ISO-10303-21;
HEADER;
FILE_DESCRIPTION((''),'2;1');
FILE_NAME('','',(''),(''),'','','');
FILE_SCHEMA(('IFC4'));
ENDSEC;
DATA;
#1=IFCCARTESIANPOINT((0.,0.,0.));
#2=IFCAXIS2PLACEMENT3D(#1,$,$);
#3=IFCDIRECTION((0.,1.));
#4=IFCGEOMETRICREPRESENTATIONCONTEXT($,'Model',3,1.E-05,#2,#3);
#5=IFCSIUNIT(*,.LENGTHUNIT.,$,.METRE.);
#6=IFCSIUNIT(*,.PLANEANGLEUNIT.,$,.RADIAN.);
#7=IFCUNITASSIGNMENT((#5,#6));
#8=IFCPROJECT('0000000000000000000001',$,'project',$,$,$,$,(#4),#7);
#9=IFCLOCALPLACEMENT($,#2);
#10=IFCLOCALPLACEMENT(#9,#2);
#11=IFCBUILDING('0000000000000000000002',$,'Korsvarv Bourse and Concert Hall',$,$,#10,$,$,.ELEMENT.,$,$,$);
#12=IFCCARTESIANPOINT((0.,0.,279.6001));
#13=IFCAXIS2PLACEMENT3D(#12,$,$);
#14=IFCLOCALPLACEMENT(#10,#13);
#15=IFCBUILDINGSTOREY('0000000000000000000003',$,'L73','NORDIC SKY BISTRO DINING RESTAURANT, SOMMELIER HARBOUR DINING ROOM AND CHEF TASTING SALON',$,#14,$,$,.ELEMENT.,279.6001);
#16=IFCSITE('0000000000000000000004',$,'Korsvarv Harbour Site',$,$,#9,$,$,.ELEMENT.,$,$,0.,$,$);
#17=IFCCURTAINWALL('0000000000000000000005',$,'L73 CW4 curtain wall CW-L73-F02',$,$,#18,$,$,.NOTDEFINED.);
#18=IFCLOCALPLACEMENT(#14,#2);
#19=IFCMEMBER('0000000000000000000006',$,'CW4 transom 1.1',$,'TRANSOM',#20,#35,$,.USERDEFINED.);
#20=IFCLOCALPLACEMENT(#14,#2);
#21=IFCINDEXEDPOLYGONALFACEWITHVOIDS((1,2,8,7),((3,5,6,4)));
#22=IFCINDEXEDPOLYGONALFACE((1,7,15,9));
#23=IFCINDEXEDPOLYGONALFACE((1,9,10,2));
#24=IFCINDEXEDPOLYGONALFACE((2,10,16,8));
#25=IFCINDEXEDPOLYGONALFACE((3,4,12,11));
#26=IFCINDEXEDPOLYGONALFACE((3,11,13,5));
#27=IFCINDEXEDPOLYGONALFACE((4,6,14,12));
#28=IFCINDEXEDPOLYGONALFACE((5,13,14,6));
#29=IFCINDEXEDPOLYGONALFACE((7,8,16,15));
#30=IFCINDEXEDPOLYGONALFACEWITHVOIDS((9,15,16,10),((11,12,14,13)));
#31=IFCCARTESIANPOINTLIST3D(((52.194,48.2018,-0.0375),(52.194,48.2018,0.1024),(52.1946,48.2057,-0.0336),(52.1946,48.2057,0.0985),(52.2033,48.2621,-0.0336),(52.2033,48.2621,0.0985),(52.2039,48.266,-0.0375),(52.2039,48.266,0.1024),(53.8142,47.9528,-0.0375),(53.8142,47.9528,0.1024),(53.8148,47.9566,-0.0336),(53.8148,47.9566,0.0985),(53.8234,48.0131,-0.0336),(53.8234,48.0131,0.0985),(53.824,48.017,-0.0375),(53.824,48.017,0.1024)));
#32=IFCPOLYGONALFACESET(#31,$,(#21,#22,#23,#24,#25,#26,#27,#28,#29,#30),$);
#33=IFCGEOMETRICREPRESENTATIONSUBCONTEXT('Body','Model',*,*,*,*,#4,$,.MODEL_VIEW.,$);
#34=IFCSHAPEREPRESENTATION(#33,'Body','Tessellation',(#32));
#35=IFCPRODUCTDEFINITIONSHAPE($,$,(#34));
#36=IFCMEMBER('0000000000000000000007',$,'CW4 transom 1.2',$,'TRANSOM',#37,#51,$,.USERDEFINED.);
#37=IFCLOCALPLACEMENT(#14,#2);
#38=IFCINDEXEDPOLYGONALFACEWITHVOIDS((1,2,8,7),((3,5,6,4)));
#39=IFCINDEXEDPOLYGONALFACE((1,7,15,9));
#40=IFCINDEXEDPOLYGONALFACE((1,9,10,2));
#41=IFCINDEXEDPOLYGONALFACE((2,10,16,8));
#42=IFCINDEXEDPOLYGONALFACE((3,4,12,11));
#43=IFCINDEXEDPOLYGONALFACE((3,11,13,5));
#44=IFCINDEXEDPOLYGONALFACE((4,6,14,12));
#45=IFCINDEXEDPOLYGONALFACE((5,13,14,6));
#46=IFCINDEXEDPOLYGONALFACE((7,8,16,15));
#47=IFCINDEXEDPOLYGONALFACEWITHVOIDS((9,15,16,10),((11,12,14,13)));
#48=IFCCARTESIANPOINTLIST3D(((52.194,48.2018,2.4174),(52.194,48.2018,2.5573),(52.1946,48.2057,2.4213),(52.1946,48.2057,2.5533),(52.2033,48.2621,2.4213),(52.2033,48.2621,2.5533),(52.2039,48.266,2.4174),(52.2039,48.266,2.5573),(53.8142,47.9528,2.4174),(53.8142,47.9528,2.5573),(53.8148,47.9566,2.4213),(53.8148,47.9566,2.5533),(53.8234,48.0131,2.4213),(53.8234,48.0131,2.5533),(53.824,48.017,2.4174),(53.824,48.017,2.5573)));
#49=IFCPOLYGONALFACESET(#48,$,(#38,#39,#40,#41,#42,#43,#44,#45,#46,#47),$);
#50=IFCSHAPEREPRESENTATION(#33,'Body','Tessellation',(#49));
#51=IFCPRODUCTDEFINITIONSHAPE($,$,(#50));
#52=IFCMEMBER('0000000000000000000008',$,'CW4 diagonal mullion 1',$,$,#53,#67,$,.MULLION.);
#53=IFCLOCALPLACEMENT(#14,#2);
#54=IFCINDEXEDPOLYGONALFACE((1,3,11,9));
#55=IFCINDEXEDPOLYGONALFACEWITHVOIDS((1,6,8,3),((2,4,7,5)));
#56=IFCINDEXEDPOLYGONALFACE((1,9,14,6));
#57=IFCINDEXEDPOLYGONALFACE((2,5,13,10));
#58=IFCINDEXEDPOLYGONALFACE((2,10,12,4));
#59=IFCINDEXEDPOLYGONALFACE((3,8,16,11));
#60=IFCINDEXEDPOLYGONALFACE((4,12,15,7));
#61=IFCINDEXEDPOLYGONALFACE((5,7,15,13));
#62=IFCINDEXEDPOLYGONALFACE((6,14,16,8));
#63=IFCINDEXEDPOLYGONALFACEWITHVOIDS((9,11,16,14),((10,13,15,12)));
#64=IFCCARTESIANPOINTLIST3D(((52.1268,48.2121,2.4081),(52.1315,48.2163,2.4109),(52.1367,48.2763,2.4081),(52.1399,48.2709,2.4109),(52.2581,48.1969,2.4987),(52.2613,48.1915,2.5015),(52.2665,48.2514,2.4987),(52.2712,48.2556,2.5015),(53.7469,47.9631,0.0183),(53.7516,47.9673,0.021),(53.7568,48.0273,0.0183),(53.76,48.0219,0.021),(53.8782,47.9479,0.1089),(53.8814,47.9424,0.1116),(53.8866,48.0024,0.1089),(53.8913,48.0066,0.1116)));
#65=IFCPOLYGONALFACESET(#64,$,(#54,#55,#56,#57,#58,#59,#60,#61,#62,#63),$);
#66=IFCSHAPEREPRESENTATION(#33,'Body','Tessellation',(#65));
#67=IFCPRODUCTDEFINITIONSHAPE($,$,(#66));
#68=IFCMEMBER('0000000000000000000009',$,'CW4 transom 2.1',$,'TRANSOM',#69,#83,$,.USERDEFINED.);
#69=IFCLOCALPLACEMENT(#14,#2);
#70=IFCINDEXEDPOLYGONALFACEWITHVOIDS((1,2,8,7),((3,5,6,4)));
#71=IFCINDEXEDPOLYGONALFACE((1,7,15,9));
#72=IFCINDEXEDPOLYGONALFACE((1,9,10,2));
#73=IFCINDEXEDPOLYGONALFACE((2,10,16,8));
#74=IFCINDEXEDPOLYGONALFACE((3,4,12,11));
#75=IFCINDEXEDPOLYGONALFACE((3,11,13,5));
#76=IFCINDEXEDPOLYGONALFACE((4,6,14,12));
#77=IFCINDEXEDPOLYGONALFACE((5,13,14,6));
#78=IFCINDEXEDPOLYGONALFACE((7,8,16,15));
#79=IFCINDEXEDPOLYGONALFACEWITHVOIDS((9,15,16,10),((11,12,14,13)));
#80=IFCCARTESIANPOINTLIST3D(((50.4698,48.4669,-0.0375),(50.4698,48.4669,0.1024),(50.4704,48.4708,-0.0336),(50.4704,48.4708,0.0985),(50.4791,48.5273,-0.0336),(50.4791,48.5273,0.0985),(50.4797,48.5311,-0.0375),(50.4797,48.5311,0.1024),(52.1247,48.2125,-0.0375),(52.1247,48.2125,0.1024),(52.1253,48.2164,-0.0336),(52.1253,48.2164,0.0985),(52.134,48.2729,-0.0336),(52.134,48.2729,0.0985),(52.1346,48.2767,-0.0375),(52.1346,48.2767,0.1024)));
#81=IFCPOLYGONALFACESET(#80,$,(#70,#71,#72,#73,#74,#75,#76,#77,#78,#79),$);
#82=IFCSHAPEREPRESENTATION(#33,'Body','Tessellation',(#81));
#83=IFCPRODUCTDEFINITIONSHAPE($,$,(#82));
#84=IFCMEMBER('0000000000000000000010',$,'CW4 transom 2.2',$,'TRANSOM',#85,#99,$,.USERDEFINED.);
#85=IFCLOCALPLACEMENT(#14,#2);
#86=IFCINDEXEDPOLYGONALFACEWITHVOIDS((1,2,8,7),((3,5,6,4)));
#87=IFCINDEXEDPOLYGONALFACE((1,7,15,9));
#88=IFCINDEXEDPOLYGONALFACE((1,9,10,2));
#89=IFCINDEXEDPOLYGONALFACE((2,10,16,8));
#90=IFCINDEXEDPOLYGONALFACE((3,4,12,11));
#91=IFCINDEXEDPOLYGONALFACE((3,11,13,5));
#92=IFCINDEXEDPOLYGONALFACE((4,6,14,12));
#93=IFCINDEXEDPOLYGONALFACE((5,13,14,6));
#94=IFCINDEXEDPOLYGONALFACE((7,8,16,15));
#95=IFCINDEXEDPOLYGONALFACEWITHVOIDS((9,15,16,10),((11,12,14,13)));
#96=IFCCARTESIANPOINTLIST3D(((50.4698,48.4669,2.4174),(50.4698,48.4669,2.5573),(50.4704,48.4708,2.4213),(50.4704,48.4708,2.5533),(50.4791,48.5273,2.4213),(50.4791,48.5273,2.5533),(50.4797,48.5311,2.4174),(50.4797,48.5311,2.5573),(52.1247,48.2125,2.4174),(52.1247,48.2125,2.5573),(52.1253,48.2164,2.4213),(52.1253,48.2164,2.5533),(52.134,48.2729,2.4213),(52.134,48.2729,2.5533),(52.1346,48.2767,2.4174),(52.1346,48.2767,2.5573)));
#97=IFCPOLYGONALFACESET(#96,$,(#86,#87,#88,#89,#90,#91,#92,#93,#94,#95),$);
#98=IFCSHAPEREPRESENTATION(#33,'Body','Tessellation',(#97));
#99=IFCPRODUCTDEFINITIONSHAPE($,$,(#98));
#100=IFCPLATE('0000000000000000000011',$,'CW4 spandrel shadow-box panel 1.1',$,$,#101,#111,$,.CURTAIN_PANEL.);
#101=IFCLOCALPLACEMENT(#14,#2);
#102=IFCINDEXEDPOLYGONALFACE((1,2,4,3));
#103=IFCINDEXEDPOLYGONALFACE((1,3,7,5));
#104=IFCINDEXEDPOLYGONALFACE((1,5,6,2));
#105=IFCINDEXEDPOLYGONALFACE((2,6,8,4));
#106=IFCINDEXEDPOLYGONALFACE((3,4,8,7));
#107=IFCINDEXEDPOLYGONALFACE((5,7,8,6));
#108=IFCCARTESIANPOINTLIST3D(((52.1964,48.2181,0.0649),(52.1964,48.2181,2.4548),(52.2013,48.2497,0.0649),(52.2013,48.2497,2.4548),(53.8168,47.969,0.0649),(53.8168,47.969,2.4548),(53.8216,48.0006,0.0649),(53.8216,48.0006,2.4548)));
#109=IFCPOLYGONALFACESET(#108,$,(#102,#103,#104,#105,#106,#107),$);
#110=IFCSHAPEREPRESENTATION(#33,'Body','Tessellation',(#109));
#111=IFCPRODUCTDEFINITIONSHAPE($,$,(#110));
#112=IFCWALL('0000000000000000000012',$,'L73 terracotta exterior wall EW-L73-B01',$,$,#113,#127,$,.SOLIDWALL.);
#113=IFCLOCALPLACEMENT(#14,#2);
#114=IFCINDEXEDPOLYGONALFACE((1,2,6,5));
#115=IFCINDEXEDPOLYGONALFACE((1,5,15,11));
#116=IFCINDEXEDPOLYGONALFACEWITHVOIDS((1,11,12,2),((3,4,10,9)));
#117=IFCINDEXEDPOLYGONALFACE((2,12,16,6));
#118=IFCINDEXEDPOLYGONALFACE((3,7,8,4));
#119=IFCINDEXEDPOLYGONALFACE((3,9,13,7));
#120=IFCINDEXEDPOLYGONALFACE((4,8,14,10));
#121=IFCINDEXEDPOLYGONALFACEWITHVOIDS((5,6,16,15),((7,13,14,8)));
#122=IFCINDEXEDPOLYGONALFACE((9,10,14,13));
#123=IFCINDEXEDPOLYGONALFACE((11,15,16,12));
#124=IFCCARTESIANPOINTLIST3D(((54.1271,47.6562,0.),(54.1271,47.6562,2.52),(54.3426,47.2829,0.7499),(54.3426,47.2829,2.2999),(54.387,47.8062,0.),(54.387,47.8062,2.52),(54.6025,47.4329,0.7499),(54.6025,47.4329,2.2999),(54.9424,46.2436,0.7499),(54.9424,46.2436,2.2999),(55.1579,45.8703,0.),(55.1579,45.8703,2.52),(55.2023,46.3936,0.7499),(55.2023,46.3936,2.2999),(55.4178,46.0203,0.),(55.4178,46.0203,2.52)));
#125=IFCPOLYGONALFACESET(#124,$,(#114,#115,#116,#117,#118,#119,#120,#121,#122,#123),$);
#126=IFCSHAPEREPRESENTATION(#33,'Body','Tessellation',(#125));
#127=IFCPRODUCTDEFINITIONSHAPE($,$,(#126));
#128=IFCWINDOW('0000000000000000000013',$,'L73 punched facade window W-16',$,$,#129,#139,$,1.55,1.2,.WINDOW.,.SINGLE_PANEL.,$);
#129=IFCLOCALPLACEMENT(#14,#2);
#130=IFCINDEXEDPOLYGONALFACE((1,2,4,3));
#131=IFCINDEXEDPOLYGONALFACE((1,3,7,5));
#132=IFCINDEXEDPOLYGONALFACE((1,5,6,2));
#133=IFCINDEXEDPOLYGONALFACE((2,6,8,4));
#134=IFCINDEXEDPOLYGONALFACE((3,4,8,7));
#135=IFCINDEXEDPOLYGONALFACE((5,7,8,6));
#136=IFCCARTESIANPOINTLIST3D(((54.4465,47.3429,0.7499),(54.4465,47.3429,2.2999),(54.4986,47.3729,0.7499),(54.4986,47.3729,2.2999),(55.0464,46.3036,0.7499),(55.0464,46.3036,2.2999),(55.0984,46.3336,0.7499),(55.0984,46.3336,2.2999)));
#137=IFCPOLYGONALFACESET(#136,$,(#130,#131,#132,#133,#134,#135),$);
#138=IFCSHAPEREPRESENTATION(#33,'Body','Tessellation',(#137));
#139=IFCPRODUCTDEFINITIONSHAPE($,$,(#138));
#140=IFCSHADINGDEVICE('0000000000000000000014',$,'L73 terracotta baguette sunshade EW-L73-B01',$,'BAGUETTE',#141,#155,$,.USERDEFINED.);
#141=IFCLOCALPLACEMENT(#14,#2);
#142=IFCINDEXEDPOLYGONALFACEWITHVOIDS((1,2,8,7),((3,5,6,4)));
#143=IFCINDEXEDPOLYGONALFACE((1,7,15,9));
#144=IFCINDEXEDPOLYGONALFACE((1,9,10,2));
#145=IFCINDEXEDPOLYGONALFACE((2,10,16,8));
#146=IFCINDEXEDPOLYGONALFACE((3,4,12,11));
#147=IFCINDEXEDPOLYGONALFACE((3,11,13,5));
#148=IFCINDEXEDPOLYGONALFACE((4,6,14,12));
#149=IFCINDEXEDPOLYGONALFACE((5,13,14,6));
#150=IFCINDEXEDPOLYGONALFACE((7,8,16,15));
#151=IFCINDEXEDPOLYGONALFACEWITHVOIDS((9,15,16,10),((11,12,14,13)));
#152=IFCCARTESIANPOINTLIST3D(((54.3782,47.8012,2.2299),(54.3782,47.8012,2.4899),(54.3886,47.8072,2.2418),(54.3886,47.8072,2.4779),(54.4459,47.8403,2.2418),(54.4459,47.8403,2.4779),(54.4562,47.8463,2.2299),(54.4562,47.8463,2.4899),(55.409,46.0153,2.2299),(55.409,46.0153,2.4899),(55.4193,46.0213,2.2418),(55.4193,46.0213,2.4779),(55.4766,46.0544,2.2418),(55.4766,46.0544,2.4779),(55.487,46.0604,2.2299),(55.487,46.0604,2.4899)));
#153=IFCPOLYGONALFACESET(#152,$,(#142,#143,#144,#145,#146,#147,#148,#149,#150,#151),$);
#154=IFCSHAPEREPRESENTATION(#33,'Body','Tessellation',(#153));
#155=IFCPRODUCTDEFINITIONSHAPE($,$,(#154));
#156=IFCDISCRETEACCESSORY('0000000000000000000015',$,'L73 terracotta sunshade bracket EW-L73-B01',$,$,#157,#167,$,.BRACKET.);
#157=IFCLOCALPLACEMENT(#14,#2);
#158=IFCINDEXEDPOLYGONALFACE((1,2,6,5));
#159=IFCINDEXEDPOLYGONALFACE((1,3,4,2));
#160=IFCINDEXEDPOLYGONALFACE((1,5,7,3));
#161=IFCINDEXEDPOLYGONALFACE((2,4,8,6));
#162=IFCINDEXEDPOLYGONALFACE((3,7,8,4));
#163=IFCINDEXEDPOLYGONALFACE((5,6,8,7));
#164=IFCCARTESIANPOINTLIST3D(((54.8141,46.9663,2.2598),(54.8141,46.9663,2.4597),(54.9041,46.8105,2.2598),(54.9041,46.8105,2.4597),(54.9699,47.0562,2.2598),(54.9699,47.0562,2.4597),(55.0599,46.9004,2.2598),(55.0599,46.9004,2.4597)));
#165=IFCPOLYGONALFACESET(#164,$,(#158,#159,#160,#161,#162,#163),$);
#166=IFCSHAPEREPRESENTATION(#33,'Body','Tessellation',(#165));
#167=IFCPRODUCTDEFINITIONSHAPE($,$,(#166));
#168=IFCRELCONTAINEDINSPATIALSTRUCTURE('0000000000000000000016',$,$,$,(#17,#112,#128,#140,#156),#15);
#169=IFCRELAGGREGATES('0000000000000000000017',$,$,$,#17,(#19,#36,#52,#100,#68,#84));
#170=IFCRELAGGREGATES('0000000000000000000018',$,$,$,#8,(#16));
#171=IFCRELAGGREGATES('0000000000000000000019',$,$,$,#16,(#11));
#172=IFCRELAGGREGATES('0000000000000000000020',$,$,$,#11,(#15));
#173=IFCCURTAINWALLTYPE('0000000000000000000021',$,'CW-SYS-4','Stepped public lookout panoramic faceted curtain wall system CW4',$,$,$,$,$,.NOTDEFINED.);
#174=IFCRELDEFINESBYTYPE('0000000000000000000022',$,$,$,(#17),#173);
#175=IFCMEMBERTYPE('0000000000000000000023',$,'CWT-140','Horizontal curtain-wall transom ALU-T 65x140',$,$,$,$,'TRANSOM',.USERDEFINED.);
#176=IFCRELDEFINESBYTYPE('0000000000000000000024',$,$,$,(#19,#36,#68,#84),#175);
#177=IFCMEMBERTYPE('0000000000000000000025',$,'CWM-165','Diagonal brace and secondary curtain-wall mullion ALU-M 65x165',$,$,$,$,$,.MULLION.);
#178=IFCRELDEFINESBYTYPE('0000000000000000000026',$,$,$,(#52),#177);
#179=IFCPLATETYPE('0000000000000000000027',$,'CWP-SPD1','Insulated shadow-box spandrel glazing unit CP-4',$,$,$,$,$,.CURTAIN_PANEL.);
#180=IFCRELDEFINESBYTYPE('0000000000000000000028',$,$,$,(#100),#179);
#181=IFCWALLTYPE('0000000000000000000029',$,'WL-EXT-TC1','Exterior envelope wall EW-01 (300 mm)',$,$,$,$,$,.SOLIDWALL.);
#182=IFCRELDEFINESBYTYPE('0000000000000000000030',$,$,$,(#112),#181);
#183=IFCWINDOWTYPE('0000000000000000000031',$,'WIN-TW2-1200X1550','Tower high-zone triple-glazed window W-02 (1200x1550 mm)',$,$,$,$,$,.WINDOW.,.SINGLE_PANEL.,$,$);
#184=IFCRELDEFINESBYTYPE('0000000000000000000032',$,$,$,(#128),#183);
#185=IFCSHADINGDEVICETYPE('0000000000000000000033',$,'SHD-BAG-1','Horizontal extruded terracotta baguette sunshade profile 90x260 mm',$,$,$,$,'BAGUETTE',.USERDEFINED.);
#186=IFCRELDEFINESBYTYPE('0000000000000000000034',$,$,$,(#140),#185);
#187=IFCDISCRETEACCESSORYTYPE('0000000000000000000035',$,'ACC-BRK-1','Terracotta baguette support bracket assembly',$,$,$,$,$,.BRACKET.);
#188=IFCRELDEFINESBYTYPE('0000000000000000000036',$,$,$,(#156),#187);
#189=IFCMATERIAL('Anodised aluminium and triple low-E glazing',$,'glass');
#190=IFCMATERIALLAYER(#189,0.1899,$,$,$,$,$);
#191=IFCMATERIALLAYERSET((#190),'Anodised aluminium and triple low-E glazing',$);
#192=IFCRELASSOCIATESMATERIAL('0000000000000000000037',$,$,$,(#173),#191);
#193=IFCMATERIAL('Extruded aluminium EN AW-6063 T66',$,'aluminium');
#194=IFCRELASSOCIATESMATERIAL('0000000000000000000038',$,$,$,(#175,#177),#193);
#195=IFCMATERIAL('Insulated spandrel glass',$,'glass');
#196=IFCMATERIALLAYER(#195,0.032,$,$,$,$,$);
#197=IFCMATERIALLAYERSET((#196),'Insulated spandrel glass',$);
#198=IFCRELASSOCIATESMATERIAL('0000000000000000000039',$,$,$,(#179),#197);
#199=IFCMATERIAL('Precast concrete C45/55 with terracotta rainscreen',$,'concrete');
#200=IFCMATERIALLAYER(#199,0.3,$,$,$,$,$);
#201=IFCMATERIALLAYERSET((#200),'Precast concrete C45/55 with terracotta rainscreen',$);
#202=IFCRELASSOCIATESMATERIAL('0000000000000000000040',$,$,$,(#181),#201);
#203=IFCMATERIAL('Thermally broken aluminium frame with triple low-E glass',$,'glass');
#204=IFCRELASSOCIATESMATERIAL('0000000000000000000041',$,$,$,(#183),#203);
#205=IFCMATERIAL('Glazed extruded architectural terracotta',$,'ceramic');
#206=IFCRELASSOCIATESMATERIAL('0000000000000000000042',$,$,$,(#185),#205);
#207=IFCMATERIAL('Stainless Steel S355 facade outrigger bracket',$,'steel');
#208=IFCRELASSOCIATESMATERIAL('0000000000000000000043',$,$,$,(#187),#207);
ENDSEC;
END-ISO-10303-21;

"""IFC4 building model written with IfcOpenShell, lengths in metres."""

from ifc_helpers import new_model, si_unit, direction, frame, frame_2d, origin, origin_2d, place, context, subcontext, project, spatial, rectangle, hollow_rectangle, extrude, source, transform, mapped, material, layer, layer_set, material_profile, profile_set, type_object, element, fill, aggregate, save


model = new_model("IFC4")

# Units and contexts
model_context = context("Model", 3, precision=1e-05, world=origin(), true_north=direction((0.0, 1.0)))
body_context = subcontext(model_context, "Body", "Model", "MODEL_VIEW")
ifc_project = project(units=[si_unit("LENGTHUNIT", "METRE"), si_unit("PLANEANGLEUNIT", "RADIAN")], contexts=[model_context])

# Site, building, storey
site_placement = place(None, origin())
site = spatial("IfcSite", under=ifc_project, at=site_placement, Name="Korsvarv Harbour Site", CompositionType="ELEMENT", RefElevation=0.0)
building_placement = place(site_placement, origin())
building = spatial("IfcBuilding", under=site, at=building_placement, Name="Korsvarv Bourse and Concert Hall", CompositionType="ELEMENT")
storey_placement = place(building_placement, frame((0.0, 0.0, 279.6001)))
storey = spatial("IfcBuildingStorey", under=building, at=storey_placement, Name="L73", Description="NORDIC SKY BISTRO DINING RESTAURANT, SOMMELIER HARBOUR DINING ROOM AND CHEF TASTING SALON", CompositionType="ELEMENT", Elevation=279.6001)

# Curtain wall, members, plate
ifc_material_1 = material(Name="Anodised aluminium and triple low-E glazing", Category="glass")
ifc_layer_1 = layer(ifc_material_1, 0.1899)
ifc_layer_set_1 = layer_set([ifc_layer_1], Name="Anodised aluminium and triple low-E glazing")
curtain_wall_type = type_object("IfcCurtainWallType", Name="CW-SYS-4", Description="Stepped public lookout panoramic faceted curtain wall system CW4", PredefinedType="NOTDEFINED", material=ifc_layer_set_1)
curtain_wall_placement = place(storey_placement, origin())
curtain_wall = element("IfcCurtainWall", 1, at=curtain_wall_placement, inside=storey, type_object=curtain_wall_type, Name="L73 CW4 curtain wall CW-L73-F02", PredefinedType="NOTDEFINED")
ifc_material_2 = material(Name="Extruded aluminium EN AW-6063 T66", Category="aluminium")
ifc_material_profile_1 = material_profile(ifc_material_2, hollow_rectangle(XDim=0.0649, YDim=0.1399, WallThickness=0.0039, at=origin_2d()), Name="ALU-T 65x140")
ifc_profile_set_1 = profile_set([ifc_material_profile_1], Name="Extruded aluminium EN AW-6063 T66")
member_type_1 = type_object("IfcMemberType", Name="CWT-140", Description="Horizontal curtain-wall transom ALU-T 65x140", ElementType="TRANSOM", PredefinedType="USERDEFINED", material=ifc_profile_set_1)
shared_shape_1 = source(origin(), body_context, "Body", "SweptSolid", [
    extrude(hollow_rectangle(XDim=0.0649, YDim=0.1399, WallThickness=0.0039, at=origin_2d()), origin(), (0.0, 0.0, 1.0), 1.6392),
])
member_1_placement = place(storey_placement, frame((53.8191, 47.9849, 0.0325), z_axis=(-0.988392, 0.151923, 0.0), x_axis=(-0.151923, -0.988392, 0.0)))
member_1 = element("IfcMember", 2, at=member_1_placement, type_object=member_type_1, Name="CW4 transom 1.1", ObjectType="TRANSOM", PredefinedType="USERDEFINED", context=body_context, shape_type="MappedRepresentation", body=[
    mapped(shared_shape_1, transform((0.0, 0.0, 0.0), scale=1.0)),
])
member_2_placement = place(storey_placement, frame((53.8191, 47.9849, 2.4873), z_axis=(-0.988392, 0.151923, 0.0), x_axis=(-0.151923, -0.988392, 0.0)))
member_2 = element("IfcMember", 3, at=member_2_placement, type_object=member_type_1, Name="CW4 transom 1.2", ObjectType="TRANSOM", PredefinedType="USERDEFINED", context=body_context, shape_type="MappedRepresentation", body=[
    mapped(shared_shape_1, transform((0.0, 0.0, 0.0), scale=1.0)),
])
ifc_material_profile_2 = material_profile(ifc_material_2, hollow_rectangle(XDim=0.0649, YDim=0.165, WallThickness=0.0049, at=origin_2d()), Name="ALU-M 65x165")
ifc_profile_set_2 = profile_set([ifc_material_profile_2], Name="Extruded aluminium EN AW-6063 T66")
member_type_2 = type_object("IfcMemberType", Name="CWM-165", Description="Diagonal brace and secondary curtain-wall mullion ALU-M 65x165", PredefinedType="MULLION", material=ifc_profile_set_2)
shared_shape_2 = source(origin(), body_context, "Body", "SweptSolid", [
    extrude(hollow_rectangle(XDim=0.0649, YDim=0.165, WallThickness=0.0049, at=origin_2d()), origin(), (0.0, 0.0, 1.0), 2.8979),
])
member_3_placement = place(storey_placement, frame((53.8191, 47.9849, 0.0649), z_axis=(-0.559047, 0.08593, 0.824671), x_axis=(-0.151923, -0.988392, 0.0)))
member_3 = element("IfcMember", 4, at=member_3_placement, type_object=member_type_2, Name="CW4 diagonal mullion 1", PredefinedType="MULLION", context=body_context, shape_type="MappedRepresentation", body=[
    mapped(shared_shape_2, transform((0.0, 0.0, 0.0), scale=1.0)),
])
shared_shape_3 = source(origin(), body_context, "Body", "SweptSolid", [
    extrude(hollow_rectangle(XDim=0.0649, YDim=0.1399, WallThickness=0.0039, at=origin_2d()), origin(), (0.0, 0.0, 1.0), 1.6743),
])
member_4_placement = place(storey_placement, frame((52.1296, 48.2446, 0.0325), z_axis=(-0.988389, 0.151948, 0.0), x_axis=(-0.151948, -0.988389, 0.0)))
member_4 = element("IfcMember", 5, at=member_4_placement, type_object=member_type_1, Name="CW4 transom 2.1", ObjectType="TRANSOM", PredefinedType="USERDEFINED", context=body_context, shape_type="MappedRepresentation", body=[
    mapped(shared_shape_3, transform((0.0, 0.0, 0.0), scale=1.0)),
])
member_5_placement = place(storey_placement, frame((52.1296, 48.2446, 2.4873), z_axis=(-0.988389, 0.151948, 0.0), x_axis=(-0.151948, -0.988389, 0.0)))
member_5 = element("IfcMember", 6, at=member_5_placement, type_object=member_type_1, Name="CW4 transom 2.2", ObjectType="TRANSOM", PredefinedType="USERDEFINED", context=body_context, shape_type="MappedRepresentation", body=[
    mapped(shared_shape_3, transform((0.0, 0.0, 0.0), scale=1.0)),
])
ifc_material_3 = material(Name="Insulated spandrel glass", Category="glass")
ifc_layer_2 = layer(ifc_material_3, 0.032)
ifc_layer_set_2 = layer_set([ifc_layer_2], Name="Insulated spandrel glass")
plate_type = type_object("IfcPlateType", Name="CWP-SPD1", Description="Insulated shadow-box spandrel glazing unit CP-4", PredefinedType="CURTAIN_PANEL", material=ifc_layer_set_2)
shared_shape_4 = source(origin(), body_context, "Body", "SweptSolid", [
    extrude(rectangle(XDim=1.6394, YDim=0.032, at=origin_2d()), origin(), (0.0, 0.0, 1.0), 2.3899),
])
plate_placement = place(storey_placement, frame((53.009, 48.1094, 0.0649), z_axis=(0.0, 0.0, 1.0), x_axis=(-0.988391, 0.151931, 0.0)))
plate = element("IfcPlate", 7, at=plate_placement, type_object=plate_type, Name="CW4 spandrel shadow-box panel 1.1", PredefinedType="CURTAIN_PANEL", context=body_context, shape_type="MappedRepresentation", body=[
    mapped(shared_shape_4, transform((0.0, 0.0, 0.0), scale=1.0)),
])
aggregate(curtain_wall, [member_1, member_2, member_3, plate, member_4, member_5])

# Wall, opening, window
ifc_material_4 = material(Name="Precast concrete C45/55 with terracotta rainscreen", Category="concrete")
ifc_layer_3 = layer(ifc_material_4, 0.3)
ifc_layer_set_3 = layer_set([ifc_layer_3], Name="Precast concrete C45/55 with terracotta rainscreen")
wall_type = type_object("IfcWallType", Name="WL-EXT-TC1", Description="Exterior envelope wall EW-01 (300 mm)", PredefinedType="SOLIDWALL", material=ifc_layer_set_3)
wall_placement = place(storey_placement, frame((55.2878, 45.9453, 0.0), z_axis=(0.0, 0.0, 1.0), x_axis=(-0.499883, 0.866093, 0.0)))
wall = element("IfcWall", 8, at=wall_placement, inside=storey, type_object=wall_type, Name="L73 terracotta exterior wall EW-L73-B01", PredefinedType="SOLIDWALL", context=body_context, shape_type="SweptSolid", body=[
    extrude(rectangle(XDim=2.062, YDim=0.3, at=frame_2d((1.031, 0.0))), origin(), (0.0, 0.0, 1.0), 2.52),
])
opening_placement = place(wall_placement, frame((0.4309, 0.0, 0.75)))
opening = element("IfcOpeningElement", 9, at=opening_placement, cuts=wall, PredefinedType="OPENING", context=body_context, shape_type="SweptSolid", body=[
    extrude(rectangle(XDim=1.2, YDim=1.55, at=frame_2d((0.6001, 0.7749))), frame((0.0, 0.1602, 0.0), z_axis=(0.0, -1.0, 0.0), x_axis=(1.0, 0.0, 0.0)), (0.0, 0.0, 1.0), 0.3201),
])
ifc_material_5 = material(Name="Thermally broken aluminium frame with triple low-E glass", Category="glass")
window_type = type_object("IfcWindowType", Name="WIN-TW2-1200X1550", Description="Tower high-zone triple-glazed window W-02 (1200x1550 mm)", PartitioningType="SINGLE_PANEL", PredefinedType="WINDOW", material=ifc_material_5)
window_placement = place(opening_placement, origin())
window = element("IfcWindow", 10, at=window_placement, inside=storey, type_object=window_type, Name="L73 punched facade window W-16", OverallHeight=1.55, OverallWidth=1.2, PartitioningType="SINGLE_PANEL", PredefinedType="WINDOW", context=body_context, shape_type="SweptSolid", body=[
    extrude(rectangle(XDim=1.2, YDim=1.55, at=frame_2d((0.6001, 0.7749))), frame((0.0, 0.03, 0.0), z_axis=(0.0, -1.0, 0.0), x_axis=(1.0, 0.0, 0.0)), (0.0, 0.0, 1.0), 0.0601),
])
fill(opening, window)

# Shading device
ifc_material_6 = material(Name="Glazed extruded architectural terracotta", Category="ceramic")
ifc_material_profile_3 = material_profile(ifc_material_6, hollow_rectangle(XDim=0.0901, YDim=0.26, WallThickness=0.012, at=origin_2d()), Name="TC-BAG 90x260")
ifc_profile_set_3 = profile_set([ifc_material_profile_3], Name="Glazed extruded architectural terracotta")
shading_device_type = type_object("IfcShadingDeviceType", Name="SHD-BAG-1", Description="Horizontal extruded terracotta baguette sunshade profile 90x260 mm", ElementType="BAGUETTE", PredefinedType="USERDEFINED", material=ifc_profile_set_3)
shared_shape_5 = source(origin(), body_context, "Body", "SweptSolid", [
    extrude(hollow_rectangle(XDim=0.0901, YDim=0.26, WallThickness=0.012, at=origin_2d()), origin(), (0.0, 0.0, 1.0), 2.062),
])
shading_device_placement = place(storey_placement, frame((55.448, 46.0378, 2.3599), z_axis=(-0.499883, 0.866093, 0.0), x_axis=(-0.866093, -0.499883, 0.0)))
element("IfcShadingDevice", 11, at=shading_device_placement, inside=storey, type_object=shading_device_type, Name="L73 terracotta baguette sunshade EW-L73-B01", ObjectType="BAGUETTE", PredefinedType="USERDEFINED", context=body_context, shape_type="MappedRepresentation", body=[
    mapped(shared_shape_5, transform((0.0, 0.0, 0.0), scale=1.0)),
])

# Discrete accessory
ifc_material_7 = material(Name="Stainless Steel S355 facade outrigger bracket", Category="steel")
discrete_accessory_type = type_object("IfcDiscreteAccessoryType", Name="ACC-BRK-1", Description="Terracotta baguette support bracket assembly", PredefinedType="BRACKET", material=ifc_material_7)
shared_shape_6 = source(origin(), body_context, "Body", "SweptSolid", [
    extrude(rectangle(XDim=0.1799, YDim=0.1799, at=origin_2d()), origin(), (0.0, 0.0, 1.0), 0.2),
])
for number, where, z_axis, x_axis, name in (
    (12, (54.937, 46.9333, 2.2598), (0.0, 0.0, 1.0), (-0.5, 0.866025, 0.0), "L73 terracotta sunshade bracket EW-L73-B01"),
):
    element("IfcDiscreteAccessory", number, at=place(storey_placement, frame(where, z_axis=z_axis, x_axis=x_axis)), inside=storey, type_object=discrete_accessory_type, Name=name, PredefinedType="BRACKET", context=body_context, shape_type="MappedRepresentation", body=[
        mapped(shared_shape_6, transform((0.0, 0.0, 0.0), scale=1.0)),
    ])

save(model, "model.ifc")
